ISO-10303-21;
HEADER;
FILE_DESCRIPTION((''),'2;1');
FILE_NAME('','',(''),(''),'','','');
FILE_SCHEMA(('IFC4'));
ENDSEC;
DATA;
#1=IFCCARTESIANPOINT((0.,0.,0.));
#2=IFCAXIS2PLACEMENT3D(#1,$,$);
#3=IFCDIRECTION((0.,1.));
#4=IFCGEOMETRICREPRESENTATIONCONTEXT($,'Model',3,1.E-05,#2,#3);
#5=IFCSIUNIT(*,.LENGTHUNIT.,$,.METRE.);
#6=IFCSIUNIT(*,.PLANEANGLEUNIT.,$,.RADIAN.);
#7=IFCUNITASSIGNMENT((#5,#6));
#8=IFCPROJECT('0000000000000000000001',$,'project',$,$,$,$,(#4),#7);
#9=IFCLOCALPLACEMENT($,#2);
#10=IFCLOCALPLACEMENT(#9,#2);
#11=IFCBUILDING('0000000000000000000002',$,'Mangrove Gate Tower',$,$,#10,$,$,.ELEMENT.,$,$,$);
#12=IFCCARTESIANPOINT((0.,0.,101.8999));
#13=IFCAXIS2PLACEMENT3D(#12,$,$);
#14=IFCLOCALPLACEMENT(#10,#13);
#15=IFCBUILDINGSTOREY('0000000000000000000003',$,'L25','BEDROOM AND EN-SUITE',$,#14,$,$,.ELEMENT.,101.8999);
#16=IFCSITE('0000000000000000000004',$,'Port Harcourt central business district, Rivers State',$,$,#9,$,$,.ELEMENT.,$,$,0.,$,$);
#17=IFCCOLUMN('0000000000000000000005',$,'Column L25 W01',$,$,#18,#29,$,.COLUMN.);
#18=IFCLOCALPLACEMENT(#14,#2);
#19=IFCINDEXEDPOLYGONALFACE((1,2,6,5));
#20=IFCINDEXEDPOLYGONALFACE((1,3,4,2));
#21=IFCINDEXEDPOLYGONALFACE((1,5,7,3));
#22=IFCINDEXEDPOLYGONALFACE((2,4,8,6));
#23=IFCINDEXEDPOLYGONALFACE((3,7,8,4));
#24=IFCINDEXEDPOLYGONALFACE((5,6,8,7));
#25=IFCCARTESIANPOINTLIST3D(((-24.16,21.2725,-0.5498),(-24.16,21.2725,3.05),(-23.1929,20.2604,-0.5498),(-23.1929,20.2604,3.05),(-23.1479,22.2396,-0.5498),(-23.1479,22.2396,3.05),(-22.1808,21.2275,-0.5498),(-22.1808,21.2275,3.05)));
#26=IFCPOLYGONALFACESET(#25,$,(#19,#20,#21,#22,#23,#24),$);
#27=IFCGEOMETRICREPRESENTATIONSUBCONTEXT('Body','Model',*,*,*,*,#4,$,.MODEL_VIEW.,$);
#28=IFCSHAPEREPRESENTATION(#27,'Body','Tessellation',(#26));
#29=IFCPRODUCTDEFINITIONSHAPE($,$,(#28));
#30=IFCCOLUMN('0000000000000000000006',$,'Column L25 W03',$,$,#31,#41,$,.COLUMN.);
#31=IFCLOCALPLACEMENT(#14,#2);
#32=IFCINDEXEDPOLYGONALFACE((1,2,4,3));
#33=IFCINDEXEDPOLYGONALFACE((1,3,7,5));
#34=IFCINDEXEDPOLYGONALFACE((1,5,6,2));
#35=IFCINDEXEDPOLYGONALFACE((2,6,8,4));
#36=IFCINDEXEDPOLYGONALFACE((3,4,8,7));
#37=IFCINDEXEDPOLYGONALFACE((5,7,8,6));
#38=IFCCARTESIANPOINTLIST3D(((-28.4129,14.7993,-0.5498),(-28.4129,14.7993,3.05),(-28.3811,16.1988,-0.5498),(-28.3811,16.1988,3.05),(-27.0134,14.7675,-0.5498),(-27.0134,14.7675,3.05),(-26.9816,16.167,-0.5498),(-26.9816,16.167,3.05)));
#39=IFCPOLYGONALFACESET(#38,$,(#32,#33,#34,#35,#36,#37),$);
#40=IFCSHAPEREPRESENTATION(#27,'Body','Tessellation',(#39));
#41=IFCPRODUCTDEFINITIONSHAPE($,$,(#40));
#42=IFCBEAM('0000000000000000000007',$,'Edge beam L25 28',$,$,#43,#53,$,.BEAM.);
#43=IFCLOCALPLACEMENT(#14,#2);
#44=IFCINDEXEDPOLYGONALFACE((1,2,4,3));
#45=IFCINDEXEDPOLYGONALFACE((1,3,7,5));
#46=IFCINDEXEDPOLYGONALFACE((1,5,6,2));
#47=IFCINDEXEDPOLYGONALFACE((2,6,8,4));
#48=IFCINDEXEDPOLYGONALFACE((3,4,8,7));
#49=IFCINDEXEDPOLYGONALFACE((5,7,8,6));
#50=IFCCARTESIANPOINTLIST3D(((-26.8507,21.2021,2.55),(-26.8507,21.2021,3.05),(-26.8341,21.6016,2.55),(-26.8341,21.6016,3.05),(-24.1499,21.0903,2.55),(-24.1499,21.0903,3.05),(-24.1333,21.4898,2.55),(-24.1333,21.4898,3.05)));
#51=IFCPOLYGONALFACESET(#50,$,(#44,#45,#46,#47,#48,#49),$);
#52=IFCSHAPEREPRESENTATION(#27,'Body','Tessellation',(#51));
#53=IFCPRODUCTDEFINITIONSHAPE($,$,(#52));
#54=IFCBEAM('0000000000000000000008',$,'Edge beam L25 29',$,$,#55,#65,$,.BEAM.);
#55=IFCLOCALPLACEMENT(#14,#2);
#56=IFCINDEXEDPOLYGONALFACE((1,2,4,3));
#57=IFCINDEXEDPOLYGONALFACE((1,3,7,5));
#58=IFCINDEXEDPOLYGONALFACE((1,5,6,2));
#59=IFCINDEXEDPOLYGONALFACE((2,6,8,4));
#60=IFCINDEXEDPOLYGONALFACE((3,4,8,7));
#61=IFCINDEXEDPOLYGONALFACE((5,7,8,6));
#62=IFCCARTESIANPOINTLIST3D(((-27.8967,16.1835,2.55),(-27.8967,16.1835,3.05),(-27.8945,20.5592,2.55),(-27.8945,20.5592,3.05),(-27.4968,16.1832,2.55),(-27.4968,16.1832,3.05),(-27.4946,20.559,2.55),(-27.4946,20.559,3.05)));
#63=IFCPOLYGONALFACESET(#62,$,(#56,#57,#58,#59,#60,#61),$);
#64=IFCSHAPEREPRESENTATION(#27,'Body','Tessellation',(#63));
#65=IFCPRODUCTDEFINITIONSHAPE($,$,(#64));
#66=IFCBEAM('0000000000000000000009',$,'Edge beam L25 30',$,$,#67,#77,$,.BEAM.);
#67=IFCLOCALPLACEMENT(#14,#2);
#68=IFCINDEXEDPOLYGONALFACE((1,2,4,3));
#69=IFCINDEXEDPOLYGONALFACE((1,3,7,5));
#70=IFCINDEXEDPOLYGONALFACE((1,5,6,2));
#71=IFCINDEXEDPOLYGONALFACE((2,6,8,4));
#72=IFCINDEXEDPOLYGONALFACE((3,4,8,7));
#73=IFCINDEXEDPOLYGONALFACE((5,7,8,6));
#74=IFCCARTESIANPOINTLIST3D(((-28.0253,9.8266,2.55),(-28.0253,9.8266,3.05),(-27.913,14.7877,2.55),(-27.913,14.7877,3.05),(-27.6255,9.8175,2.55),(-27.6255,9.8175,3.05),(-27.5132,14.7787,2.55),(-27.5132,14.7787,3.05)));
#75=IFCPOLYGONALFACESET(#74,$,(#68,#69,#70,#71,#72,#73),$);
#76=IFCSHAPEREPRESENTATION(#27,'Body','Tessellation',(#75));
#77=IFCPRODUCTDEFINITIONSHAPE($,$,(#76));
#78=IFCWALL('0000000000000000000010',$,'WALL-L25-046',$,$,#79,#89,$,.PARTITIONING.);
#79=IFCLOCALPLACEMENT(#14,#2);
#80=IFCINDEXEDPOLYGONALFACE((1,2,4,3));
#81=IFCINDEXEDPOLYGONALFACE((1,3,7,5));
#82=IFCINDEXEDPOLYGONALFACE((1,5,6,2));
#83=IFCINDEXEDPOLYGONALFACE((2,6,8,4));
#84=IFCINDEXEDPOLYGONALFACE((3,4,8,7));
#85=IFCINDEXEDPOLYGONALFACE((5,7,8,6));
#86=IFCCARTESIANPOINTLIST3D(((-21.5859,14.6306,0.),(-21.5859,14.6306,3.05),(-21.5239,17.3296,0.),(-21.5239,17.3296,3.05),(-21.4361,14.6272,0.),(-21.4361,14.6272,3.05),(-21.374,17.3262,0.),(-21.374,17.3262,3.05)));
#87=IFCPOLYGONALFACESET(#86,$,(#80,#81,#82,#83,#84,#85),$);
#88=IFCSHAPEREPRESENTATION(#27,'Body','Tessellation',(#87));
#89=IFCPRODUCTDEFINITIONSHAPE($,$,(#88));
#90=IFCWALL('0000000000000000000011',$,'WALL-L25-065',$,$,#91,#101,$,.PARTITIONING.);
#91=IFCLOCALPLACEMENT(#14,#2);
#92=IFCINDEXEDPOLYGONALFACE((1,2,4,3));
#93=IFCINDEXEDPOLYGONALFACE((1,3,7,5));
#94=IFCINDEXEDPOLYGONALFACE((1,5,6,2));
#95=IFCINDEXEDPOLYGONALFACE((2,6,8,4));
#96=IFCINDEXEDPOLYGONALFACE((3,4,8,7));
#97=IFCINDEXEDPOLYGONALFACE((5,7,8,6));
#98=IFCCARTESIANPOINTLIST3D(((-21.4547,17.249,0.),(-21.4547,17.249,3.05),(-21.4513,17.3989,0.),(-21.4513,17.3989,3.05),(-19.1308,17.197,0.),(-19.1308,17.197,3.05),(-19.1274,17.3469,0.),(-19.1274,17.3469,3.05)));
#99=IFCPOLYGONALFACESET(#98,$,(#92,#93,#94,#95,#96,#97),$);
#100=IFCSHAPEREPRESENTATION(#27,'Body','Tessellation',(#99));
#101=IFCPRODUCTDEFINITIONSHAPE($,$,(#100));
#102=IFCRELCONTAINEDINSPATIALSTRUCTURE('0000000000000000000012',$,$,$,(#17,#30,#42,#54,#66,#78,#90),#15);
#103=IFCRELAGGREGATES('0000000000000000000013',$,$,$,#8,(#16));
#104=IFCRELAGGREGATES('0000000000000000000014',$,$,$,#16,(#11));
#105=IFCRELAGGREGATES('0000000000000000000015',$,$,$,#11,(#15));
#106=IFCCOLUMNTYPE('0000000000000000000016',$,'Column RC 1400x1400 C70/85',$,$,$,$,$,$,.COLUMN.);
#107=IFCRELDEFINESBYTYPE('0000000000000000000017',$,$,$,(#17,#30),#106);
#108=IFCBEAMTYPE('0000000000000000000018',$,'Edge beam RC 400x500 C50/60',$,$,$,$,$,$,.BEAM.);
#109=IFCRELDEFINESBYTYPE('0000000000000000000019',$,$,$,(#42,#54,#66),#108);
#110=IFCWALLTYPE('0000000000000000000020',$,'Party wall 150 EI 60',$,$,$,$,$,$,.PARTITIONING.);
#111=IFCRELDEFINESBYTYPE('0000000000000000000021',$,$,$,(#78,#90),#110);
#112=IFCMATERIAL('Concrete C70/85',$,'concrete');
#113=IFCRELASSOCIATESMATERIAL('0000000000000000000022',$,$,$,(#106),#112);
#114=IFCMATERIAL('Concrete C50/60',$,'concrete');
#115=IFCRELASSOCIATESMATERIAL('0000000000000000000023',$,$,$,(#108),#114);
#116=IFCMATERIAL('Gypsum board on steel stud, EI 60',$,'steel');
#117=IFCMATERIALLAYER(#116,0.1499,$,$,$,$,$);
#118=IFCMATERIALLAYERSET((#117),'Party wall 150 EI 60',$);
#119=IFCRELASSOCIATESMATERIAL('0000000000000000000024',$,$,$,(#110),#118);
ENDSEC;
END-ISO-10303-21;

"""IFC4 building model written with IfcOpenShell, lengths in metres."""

from ifc_helpers import new_model, si_unit, direction, frame, frame_2d, origin, origin_2d, place, context, subcontext, project, spatial, rectangle, extrude, material, layer, layer_set, material_profile, profile_set, type_object, element, save


model = new_model("IFC4")

# Units and contexts
model_context = context("Model", 3, precision=1e-05, world=origin(), true_north=direction((0.0, 1.0)))
body_context = subcontext(model_context, "Body", "Model", "MODEL_VIEW")
ifc_project = project(units=[si_unit("LENGTHUNIT", "METRE"), si_unit("PLANEANGLEUNIT", "RADIAN")], contexts=[model_context])

# Site, building, storey
site_placement = place(None, origin())
site = spatial("IfcSite", under=ifc_project, at=site_placement, Name="Port Harcourt central business district, Rivers State", CompositionType="ELEMENT", RefElevation=0.0)
building_placement = place(site_placement, origin())
building = spatial("IfcBuilding", under=site, at=building_placement, Name="Mangrove Gate Tower", CompositionType="ELEMENT")
storey_placement = place(building_placement, frame((0.0, 0.0, 101.8999)))
storey = spatial("IfcBuildingStorey", under=building, at=storey_placement, Name="L25", Description="BEDROOM AND EN-SUITE", CompositionType="ELEMENT", Elevation=101.8999)

# Columns
ifc_material_1 = material(Name="Concrete C70/85", Category="concrete")
ifc_material_profile_1 = material_profile(ifc_material_1, rectangle(XDim=1.3999, YDim=1.3999, at=origin_2d()))
ifc_profile_set_1 = profile_set([ifc_material_profile_1], Name="Concrete C70/85")
column_type = type_object("IfcColumnType", Name="Column RC 1400x1400 C70/85", PredefinedType="COLUMN", material=ifc_profile_set_1)
for number, where, z_axis, x_axis, name in (
    (1, (-23.1704, 21.25, -0.5498), (0.0, 0.0, 1.0), (-0.722989, -0.69086, 0.0), "Column L25 W01"),
    (2, (-27.6973, 15.4832, -0.5498), (0.0, 0.0, 1.0), (-0.022711, -0.999742, 0.0), "Column L25 W03"),
):
    element("IfcColumn", number, at=place(storey_placement, frame(where, z_axis=z_axis, x_axis=x_axis)), inside=storey, type_object=column_type, Name=name, PredefinedType="COLUMN", context=body_context, shape_type="SweptSolid", body=[
        extrude(rectangle(XDim=1.3999, YDim=1.3999, at=origin_2d()), origin(), (0.0, 0.0, 1.0), 3.5999),
    ])

# Beams
ifc_material_2 = material(Name="Concrete C50/60", Category="concrete")
ifc_material_profile_2 = material_profile(ifc_material_2, rectangle(XDim=0.3999, YDim=0.5, at=origin_2d()))
ifc_profile_set_2 = profile_set([ifc_material_profile_2], Name="Concrete C50/60")
beam_type = type_object("IfcBeamType", Name="Edge beam RC 400x500 C50/60", PredefinedType="BEAM", material=ifc_profile_set_2)
beam_1_placement = place(storey_placement, frame((-24.1416, 21.29, 2.8), z_axis=(-0.999144, 0.041364, 0.0), x_axis=(-0.041364, -0.999144, 0.0)))
element("IfcBeam", 3, at=beam_1_placement, inside=storey, type_object=beam_type, Name="Edge beam L25 28", PredefinedType="BEAM", context=body_context, shape_type="SweptSolid", body=[
    extrude(rectangle(XDim=0.3999, YDim=0.5, at=origin_2d()), origin(), (0.0, 0.0, 1.0), 2.7031),
])
beam_2_placement = place(storey_placement, frame((-27.6946, 20.5591, 2.8), z_axis=(-0.000502, -1.0, 0.0), x_axis=(1.0, -0.000502, 0.0)))
element("IfcBeam", 4, at=beam_2_placement, inside=storey, type_object=beam_type, Name="Edge beam L25 29", PredefinedType="BEAM", context=body_context, shape_type="SweptSolid", body=[
    extrude(rectangle(XDim=0.3999, YDim=0.5, at=origin_2d()), origin(), (0.0, 0.0, 1.0), 4.3757),
])
beam_3_placement = place(storey_placement, frame((-27.7131, 14.7832, 2.8), z_axis=(-0.022631, -0.999744, 0.0), x_axis=(0.999744, -0.022631, 0.0)))
element("IfcBeam", 5, at=beam_3_placement, inside=storey, type_object=beam_type, Name="Edge beam L25 30", PredefinedType="BEAM", context=body_context, shape_type="SweptSolid", body=[
    extrude(rectangle(XDim=0.3999, YDim=0.5, at=origin_2d()), origin(), (0.0, 0.0, 1.0), 4.9624),
])

# Walls
ifc_material_3 = material(Name="Gypsum board on steel stud, EI 60", Category="steel")
ifc_layer_1 = layer(ifc_material_3, 0.1499)
ifc_layer_set_1 = layer_set([ifc_layer_1], Name="Party wall 150 EI 60")
wall_type_1 = type_object("IfcWallType", Name="Party wall 150 EI 60", PredefinedType="PARTITIONING", material=ifc_layer_set_1)
wall_1_placement = place(storey_placement, frame((-21.511, 14.6289, 0.0), z_axis=(0.0, 0.0, 1.0), x_axis=(0.02297, 0.999736, 0.0)))
element("IfcWall", 6, at=wall_1_placement, inside=storey, type_object=wall_type_1, Name="WALL-L25-046", PredefinedType="PARTITIONING", context=body_context, shape_type="SweptSolid", body=[
    extrude(rectangle(XDim=2.6997, YDim=0.1499, at=frame_2d((1.3499, 0.0))), origin(), (0.0, 0.0, 1.0), 3.05),
])
wall_2_placement = place(storey_placement, frame((-21.4529, 17.324, 0.0), z_axis=(0.0, 0.0, 1.0), x_axis=(0.99975, -0.022371, 0.0)))
element("IfcWall", 7, at=wall_2_placement, inside=storey, type_object=wall_type_1, Name="WALL-L25-065", PredefinedType="PARTITIONING", context=body_context, shape_type="SweptSolid", body=[
    extrude(rectangle(XDim=2.3245, YDim=0.1499, at=frame_2d((1.1621, 0.0))), origin(), (0.0, 0.0, 1.0), 3.05),
])

save(model, "model.ifc")
